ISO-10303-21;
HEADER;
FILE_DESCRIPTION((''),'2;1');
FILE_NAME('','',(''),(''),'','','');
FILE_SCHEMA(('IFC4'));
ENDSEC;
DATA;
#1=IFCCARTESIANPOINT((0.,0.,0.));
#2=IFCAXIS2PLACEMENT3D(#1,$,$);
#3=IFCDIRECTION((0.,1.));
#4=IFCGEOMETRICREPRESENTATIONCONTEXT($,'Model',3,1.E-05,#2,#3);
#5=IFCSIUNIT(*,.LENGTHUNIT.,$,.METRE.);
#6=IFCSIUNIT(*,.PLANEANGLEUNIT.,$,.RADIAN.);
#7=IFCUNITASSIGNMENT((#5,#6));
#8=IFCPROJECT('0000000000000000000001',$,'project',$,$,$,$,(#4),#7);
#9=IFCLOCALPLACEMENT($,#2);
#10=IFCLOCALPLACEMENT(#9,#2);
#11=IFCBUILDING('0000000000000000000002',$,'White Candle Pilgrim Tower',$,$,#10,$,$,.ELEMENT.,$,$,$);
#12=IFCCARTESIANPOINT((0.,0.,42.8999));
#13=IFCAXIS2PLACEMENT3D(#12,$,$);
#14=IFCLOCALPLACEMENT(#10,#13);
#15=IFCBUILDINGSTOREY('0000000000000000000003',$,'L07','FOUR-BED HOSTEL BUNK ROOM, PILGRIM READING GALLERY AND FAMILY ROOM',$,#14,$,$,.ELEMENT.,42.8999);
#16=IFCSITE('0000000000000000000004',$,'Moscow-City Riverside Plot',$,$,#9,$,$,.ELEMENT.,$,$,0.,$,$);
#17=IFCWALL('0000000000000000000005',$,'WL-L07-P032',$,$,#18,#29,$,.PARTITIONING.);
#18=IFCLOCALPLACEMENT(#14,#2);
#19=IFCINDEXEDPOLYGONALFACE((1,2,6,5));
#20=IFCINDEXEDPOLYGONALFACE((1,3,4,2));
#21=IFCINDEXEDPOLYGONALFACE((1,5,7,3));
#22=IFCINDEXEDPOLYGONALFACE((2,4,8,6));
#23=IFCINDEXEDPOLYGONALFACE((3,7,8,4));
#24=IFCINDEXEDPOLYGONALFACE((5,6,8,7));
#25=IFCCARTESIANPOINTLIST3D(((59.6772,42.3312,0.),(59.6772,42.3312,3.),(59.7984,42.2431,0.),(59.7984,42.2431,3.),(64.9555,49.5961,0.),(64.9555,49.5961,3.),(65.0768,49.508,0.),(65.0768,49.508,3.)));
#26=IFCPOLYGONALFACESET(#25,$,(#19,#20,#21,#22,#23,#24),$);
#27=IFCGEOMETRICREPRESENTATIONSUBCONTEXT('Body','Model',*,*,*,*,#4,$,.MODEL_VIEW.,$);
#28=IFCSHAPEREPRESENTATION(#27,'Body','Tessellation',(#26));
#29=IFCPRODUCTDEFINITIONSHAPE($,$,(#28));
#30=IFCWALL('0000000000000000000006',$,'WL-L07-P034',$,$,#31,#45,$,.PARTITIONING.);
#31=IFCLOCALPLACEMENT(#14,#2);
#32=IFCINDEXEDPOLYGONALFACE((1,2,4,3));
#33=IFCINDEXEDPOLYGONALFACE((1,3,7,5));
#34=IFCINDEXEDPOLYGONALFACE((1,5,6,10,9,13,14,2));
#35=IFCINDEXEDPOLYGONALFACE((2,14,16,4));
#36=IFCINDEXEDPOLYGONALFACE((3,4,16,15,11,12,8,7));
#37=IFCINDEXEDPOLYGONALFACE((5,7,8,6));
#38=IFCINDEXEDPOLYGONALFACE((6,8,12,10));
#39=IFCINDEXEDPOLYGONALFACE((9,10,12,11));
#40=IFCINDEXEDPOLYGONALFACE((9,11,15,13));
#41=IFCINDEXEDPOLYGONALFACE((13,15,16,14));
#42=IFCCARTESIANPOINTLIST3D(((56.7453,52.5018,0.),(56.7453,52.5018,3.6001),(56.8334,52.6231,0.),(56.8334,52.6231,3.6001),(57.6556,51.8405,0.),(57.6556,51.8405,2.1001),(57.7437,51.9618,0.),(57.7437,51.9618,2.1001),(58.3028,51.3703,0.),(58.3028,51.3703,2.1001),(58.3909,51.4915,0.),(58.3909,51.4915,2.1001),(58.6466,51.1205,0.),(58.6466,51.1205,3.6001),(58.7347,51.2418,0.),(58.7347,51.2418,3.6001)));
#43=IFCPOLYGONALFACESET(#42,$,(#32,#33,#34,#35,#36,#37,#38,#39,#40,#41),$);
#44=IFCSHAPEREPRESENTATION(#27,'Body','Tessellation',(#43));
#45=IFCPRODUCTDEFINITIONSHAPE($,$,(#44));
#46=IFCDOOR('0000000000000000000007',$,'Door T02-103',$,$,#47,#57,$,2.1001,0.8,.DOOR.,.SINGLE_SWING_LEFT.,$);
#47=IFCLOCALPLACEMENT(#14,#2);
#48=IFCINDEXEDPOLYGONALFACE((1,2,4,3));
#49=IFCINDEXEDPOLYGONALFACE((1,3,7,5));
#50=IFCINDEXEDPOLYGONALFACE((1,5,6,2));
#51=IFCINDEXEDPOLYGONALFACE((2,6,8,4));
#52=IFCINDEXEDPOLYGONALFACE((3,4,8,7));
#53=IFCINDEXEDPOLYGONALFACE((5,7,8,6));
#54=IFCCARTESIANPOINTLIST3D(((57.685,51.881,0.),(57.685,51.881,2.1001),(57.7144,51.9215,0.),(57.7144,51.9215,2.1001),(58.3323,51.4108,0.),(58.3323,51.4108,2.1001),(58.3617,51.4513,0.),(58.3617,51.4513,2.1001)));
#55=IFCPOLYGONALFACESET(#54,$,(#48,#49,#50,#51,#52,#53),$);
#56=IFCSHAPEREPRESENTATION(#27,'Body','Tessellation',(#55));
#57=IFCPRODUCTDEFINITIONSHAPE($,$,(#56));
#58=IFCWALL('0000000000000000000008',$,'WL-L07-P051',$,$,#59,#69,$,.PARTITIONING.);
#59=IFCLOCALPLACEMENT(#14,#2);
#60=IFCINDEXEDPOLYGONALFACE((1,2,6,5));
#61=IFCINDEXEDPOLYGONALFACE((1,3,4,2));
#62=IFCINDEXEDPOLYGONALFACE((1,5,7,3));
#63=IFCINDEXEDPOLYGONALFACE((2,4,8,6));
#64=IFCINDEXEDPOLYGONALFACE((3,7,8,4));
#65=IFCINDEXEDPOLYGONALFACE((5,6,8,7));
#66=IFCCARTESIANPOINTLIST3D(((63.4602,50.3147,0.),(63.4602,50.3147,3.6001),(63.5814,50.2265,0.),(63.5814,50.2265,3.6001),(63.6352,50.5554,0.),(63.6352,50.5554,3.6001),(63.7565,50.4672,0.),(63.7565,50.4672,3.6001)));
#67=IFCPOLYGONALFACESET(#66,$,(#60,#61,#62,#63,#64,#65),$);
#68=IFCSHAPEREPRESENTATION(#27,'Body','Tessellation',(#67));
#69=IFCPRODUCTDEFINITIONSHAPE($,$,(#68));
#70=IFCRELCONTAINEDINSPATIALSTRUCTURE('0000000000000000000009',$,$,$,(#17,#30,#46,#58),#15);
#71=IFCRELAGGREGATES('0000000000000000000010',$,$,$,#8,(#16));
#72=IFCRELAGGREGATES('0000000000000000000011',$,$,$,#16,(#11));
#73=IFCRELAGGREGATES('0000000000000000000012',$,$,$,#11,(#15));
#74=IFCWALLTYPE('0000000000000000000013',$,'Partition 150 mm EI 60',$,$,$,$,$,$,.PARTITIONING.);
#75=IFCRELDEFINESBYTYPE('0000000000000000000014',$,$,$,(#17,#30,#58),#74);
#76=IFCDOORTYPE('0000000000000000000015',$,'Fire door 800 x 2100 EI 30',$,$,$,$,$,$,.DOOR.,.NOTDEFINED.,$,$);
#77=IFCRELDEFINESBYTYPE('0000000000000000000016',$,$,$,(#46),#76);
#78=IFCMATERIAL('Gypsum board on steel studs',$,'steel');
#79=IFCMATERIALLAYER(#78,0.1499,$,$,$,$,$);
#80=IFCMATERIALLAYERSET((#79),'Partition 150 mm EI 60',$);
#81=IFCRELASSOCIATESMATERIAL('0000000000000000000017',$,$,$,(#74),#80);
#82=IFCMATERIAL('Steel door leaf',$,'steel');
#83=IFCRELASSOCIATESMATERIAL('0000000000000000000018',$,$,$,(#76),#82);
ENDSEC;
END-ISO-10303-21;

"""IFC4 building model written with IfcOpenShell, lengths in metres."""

from ifc_helpers import new_model, si_unit, direction, frame, frame_2d, origin, place, context, subcontext, project, spatial, rectangle, extrude, material, layer, layer_set, type_object, element, fill, save


model = new_model("IFC4")

# Units and contexts
model_context = context("Model", 3, precision=1e-05, world=origin(), true_north=direction((0.0, 1.0)))
body_context = subcontext(model_context, "Body", "Model", "MODEL_VIEW")
ifc_project = project(units=[si_unit("LENGTHUNIT", "METRE"), si_unit("PLANEANGLEUNIT", "RADIAN")], contexts=[model_context])

# Site, building, storey
site_placement = place(None, origin())
site = spatial("IfcSite", under=ifc_project, at=site_placement, Name="Moscow-City Riverside Plot", CompositionType="ELEMENT", RefElevation=0.0)
building_placement = place(site_placement, origin())
building = spatial("IfcBuilding", under=site, at=building_placement, Name="White Candle Pilgrim Tower", CompositionType="ELEMENT")
storey_placement = place(building_placement, frame((0.0, 0.0, 42.8999)))
storey = spatial("IfcBuildingStorey", under=building, at=storey_placement, Name="L07", Description="FOUR-BED HOSTEL BUNK ROOM, PILGRIM READING GALLERY AND FAMILY ROOM", CompositionType="ELEMENT", Elevation=42.8999)

# Wall
ifc_material_1 = material(Name="Gypsum board on steel studs", Category="steel")
ifc_layer_1 = layer(ifc_material_1, 0.1499)
ifc_layer_set_1 = layer_set([ifc_layer_1], Name="Partition 150 mm EI 60")
wall_type_1 = type_object("IfcWallType", Name="Partition 150 mm EI 60", PredefinedType="PARTITIONING", material=ifc_layer_set_1)
for number, where, z_axis, x_axis, name in (
    (1, (59.7378, 42.2871, 0.0), (0.0, 0.0, 1.0), (0.58779, 0.809013, 0.0), "WL-L07-P032"),
):
    element("IfcWall", number, at=place(storey_placement, frame(where, z_axis=z_axis, x_axis=x_axis)), inside=storey, type_object=wall_type_1, Name=name, PredefinedType="PARTITIONING", context=body_context, shape_type="SweptSolid", body=[
        extrude(rectangle(XDim=8.98, YDim=0.1499, at=frame_2d((4.49, 0.0))), origin(), (0.0, 0.0, 1.0), 3.0),
    ])

# Wall, opening, door
wall_1_placement = place(storey_placement, frame((58.6907, 51.1812, 0.0), z_axis=(0.0, 0.0, 1.0), x_axis=(-0.809032, 0.587764, 0.0)))
wall_1 = element("IfcWall", 2, at=wall_1_placement, inside=storey, type_object=wall_type_1, Name="WL-L07-P034", PredefinedType="PARTITIONING", context=body_context, shape_type="SweptSolid", body=[
    extrude(rectangle(XDim=2.3501, YDim=0.1499, at=frame_2d((1.175, 0.0))), origin(), (0.0, 0.0, 1.0), 3.6001),
])
opening_1_placement = place(wall_1_placement, frame((0.425, 0.0, 0.0)))
opening_1 = element("IfcOpeningElement", 3, at=opening_1_placement, cuts=wall_1, PredefinedType="OPENING", context=body_context, shape_type="SweptSolid", body=[
    extrude(rectangle(XDim=0.8, YDim=2.1001, at=frame_2d((0.3999, 1.05))), frame((0.0, 0.085, 0.0), z_axis=(0.0, -1.0, 0.0), x_axis=(1.0, 0.0, 0.0)), (0.0, 0.0, 1.0), 0.1699),
])
ifc_material_2 = material(Name="Steel door leaf", Category="steel")
door_type = type_object("IfcDoorType", Name="Fire door 800 x 2100 EI 30", OperationType="NOTDEFINED", PredefinedType="DOOR", material=ifc_material_2)
door_placement = place(opening_1_placement, origin())
door = element("IfcDoor", 4, at=door_placement, inside=storey, type_object=door_type, Name="Door T02-103", OperationType="SINGLE_SWING_LEFT", OverallHeight=2.1001, OverallWidth=0.8, PredefinedType="DOOR", context=body_context, shape_type="SweptSolid", body=[
    extrude(rectangle(XDim=0.8, YDim=2.1001, at=frame_2d((0.3999, 1.05))), frame((0.0, 0.0249, 0.0), z_axis=(0.0, -1.0, 0.0), x_axis=(1.0, 0.0, 0.0)), (0.0, 0.0, 1.0), 0.05),
])
fill(opening_1, door)

# Wall
wall_2_placement = place(storey_placement, frame((63.5208, 50.2705, 0.0), z_axis=(0.0, 0.0, 1.0), x_axis=(0.588123, 0.808772, 0.0)))
element("IfcWall", 5, at=wall_2_placement, inside=storey, type_object=wall_type_1, Name="WL-L07-P051", PredefinedType="PARTITIONING", context=body_context, shape_type="SweptSolid", body=[
    extrude(rectangle(XDim=0.2976, YDim=0.1499, at=frame_2d((0.1489, 0.0))), origin(), (0.0, 0.0, 1.0), 3.6001),
])

save(model, "model.ifc")
